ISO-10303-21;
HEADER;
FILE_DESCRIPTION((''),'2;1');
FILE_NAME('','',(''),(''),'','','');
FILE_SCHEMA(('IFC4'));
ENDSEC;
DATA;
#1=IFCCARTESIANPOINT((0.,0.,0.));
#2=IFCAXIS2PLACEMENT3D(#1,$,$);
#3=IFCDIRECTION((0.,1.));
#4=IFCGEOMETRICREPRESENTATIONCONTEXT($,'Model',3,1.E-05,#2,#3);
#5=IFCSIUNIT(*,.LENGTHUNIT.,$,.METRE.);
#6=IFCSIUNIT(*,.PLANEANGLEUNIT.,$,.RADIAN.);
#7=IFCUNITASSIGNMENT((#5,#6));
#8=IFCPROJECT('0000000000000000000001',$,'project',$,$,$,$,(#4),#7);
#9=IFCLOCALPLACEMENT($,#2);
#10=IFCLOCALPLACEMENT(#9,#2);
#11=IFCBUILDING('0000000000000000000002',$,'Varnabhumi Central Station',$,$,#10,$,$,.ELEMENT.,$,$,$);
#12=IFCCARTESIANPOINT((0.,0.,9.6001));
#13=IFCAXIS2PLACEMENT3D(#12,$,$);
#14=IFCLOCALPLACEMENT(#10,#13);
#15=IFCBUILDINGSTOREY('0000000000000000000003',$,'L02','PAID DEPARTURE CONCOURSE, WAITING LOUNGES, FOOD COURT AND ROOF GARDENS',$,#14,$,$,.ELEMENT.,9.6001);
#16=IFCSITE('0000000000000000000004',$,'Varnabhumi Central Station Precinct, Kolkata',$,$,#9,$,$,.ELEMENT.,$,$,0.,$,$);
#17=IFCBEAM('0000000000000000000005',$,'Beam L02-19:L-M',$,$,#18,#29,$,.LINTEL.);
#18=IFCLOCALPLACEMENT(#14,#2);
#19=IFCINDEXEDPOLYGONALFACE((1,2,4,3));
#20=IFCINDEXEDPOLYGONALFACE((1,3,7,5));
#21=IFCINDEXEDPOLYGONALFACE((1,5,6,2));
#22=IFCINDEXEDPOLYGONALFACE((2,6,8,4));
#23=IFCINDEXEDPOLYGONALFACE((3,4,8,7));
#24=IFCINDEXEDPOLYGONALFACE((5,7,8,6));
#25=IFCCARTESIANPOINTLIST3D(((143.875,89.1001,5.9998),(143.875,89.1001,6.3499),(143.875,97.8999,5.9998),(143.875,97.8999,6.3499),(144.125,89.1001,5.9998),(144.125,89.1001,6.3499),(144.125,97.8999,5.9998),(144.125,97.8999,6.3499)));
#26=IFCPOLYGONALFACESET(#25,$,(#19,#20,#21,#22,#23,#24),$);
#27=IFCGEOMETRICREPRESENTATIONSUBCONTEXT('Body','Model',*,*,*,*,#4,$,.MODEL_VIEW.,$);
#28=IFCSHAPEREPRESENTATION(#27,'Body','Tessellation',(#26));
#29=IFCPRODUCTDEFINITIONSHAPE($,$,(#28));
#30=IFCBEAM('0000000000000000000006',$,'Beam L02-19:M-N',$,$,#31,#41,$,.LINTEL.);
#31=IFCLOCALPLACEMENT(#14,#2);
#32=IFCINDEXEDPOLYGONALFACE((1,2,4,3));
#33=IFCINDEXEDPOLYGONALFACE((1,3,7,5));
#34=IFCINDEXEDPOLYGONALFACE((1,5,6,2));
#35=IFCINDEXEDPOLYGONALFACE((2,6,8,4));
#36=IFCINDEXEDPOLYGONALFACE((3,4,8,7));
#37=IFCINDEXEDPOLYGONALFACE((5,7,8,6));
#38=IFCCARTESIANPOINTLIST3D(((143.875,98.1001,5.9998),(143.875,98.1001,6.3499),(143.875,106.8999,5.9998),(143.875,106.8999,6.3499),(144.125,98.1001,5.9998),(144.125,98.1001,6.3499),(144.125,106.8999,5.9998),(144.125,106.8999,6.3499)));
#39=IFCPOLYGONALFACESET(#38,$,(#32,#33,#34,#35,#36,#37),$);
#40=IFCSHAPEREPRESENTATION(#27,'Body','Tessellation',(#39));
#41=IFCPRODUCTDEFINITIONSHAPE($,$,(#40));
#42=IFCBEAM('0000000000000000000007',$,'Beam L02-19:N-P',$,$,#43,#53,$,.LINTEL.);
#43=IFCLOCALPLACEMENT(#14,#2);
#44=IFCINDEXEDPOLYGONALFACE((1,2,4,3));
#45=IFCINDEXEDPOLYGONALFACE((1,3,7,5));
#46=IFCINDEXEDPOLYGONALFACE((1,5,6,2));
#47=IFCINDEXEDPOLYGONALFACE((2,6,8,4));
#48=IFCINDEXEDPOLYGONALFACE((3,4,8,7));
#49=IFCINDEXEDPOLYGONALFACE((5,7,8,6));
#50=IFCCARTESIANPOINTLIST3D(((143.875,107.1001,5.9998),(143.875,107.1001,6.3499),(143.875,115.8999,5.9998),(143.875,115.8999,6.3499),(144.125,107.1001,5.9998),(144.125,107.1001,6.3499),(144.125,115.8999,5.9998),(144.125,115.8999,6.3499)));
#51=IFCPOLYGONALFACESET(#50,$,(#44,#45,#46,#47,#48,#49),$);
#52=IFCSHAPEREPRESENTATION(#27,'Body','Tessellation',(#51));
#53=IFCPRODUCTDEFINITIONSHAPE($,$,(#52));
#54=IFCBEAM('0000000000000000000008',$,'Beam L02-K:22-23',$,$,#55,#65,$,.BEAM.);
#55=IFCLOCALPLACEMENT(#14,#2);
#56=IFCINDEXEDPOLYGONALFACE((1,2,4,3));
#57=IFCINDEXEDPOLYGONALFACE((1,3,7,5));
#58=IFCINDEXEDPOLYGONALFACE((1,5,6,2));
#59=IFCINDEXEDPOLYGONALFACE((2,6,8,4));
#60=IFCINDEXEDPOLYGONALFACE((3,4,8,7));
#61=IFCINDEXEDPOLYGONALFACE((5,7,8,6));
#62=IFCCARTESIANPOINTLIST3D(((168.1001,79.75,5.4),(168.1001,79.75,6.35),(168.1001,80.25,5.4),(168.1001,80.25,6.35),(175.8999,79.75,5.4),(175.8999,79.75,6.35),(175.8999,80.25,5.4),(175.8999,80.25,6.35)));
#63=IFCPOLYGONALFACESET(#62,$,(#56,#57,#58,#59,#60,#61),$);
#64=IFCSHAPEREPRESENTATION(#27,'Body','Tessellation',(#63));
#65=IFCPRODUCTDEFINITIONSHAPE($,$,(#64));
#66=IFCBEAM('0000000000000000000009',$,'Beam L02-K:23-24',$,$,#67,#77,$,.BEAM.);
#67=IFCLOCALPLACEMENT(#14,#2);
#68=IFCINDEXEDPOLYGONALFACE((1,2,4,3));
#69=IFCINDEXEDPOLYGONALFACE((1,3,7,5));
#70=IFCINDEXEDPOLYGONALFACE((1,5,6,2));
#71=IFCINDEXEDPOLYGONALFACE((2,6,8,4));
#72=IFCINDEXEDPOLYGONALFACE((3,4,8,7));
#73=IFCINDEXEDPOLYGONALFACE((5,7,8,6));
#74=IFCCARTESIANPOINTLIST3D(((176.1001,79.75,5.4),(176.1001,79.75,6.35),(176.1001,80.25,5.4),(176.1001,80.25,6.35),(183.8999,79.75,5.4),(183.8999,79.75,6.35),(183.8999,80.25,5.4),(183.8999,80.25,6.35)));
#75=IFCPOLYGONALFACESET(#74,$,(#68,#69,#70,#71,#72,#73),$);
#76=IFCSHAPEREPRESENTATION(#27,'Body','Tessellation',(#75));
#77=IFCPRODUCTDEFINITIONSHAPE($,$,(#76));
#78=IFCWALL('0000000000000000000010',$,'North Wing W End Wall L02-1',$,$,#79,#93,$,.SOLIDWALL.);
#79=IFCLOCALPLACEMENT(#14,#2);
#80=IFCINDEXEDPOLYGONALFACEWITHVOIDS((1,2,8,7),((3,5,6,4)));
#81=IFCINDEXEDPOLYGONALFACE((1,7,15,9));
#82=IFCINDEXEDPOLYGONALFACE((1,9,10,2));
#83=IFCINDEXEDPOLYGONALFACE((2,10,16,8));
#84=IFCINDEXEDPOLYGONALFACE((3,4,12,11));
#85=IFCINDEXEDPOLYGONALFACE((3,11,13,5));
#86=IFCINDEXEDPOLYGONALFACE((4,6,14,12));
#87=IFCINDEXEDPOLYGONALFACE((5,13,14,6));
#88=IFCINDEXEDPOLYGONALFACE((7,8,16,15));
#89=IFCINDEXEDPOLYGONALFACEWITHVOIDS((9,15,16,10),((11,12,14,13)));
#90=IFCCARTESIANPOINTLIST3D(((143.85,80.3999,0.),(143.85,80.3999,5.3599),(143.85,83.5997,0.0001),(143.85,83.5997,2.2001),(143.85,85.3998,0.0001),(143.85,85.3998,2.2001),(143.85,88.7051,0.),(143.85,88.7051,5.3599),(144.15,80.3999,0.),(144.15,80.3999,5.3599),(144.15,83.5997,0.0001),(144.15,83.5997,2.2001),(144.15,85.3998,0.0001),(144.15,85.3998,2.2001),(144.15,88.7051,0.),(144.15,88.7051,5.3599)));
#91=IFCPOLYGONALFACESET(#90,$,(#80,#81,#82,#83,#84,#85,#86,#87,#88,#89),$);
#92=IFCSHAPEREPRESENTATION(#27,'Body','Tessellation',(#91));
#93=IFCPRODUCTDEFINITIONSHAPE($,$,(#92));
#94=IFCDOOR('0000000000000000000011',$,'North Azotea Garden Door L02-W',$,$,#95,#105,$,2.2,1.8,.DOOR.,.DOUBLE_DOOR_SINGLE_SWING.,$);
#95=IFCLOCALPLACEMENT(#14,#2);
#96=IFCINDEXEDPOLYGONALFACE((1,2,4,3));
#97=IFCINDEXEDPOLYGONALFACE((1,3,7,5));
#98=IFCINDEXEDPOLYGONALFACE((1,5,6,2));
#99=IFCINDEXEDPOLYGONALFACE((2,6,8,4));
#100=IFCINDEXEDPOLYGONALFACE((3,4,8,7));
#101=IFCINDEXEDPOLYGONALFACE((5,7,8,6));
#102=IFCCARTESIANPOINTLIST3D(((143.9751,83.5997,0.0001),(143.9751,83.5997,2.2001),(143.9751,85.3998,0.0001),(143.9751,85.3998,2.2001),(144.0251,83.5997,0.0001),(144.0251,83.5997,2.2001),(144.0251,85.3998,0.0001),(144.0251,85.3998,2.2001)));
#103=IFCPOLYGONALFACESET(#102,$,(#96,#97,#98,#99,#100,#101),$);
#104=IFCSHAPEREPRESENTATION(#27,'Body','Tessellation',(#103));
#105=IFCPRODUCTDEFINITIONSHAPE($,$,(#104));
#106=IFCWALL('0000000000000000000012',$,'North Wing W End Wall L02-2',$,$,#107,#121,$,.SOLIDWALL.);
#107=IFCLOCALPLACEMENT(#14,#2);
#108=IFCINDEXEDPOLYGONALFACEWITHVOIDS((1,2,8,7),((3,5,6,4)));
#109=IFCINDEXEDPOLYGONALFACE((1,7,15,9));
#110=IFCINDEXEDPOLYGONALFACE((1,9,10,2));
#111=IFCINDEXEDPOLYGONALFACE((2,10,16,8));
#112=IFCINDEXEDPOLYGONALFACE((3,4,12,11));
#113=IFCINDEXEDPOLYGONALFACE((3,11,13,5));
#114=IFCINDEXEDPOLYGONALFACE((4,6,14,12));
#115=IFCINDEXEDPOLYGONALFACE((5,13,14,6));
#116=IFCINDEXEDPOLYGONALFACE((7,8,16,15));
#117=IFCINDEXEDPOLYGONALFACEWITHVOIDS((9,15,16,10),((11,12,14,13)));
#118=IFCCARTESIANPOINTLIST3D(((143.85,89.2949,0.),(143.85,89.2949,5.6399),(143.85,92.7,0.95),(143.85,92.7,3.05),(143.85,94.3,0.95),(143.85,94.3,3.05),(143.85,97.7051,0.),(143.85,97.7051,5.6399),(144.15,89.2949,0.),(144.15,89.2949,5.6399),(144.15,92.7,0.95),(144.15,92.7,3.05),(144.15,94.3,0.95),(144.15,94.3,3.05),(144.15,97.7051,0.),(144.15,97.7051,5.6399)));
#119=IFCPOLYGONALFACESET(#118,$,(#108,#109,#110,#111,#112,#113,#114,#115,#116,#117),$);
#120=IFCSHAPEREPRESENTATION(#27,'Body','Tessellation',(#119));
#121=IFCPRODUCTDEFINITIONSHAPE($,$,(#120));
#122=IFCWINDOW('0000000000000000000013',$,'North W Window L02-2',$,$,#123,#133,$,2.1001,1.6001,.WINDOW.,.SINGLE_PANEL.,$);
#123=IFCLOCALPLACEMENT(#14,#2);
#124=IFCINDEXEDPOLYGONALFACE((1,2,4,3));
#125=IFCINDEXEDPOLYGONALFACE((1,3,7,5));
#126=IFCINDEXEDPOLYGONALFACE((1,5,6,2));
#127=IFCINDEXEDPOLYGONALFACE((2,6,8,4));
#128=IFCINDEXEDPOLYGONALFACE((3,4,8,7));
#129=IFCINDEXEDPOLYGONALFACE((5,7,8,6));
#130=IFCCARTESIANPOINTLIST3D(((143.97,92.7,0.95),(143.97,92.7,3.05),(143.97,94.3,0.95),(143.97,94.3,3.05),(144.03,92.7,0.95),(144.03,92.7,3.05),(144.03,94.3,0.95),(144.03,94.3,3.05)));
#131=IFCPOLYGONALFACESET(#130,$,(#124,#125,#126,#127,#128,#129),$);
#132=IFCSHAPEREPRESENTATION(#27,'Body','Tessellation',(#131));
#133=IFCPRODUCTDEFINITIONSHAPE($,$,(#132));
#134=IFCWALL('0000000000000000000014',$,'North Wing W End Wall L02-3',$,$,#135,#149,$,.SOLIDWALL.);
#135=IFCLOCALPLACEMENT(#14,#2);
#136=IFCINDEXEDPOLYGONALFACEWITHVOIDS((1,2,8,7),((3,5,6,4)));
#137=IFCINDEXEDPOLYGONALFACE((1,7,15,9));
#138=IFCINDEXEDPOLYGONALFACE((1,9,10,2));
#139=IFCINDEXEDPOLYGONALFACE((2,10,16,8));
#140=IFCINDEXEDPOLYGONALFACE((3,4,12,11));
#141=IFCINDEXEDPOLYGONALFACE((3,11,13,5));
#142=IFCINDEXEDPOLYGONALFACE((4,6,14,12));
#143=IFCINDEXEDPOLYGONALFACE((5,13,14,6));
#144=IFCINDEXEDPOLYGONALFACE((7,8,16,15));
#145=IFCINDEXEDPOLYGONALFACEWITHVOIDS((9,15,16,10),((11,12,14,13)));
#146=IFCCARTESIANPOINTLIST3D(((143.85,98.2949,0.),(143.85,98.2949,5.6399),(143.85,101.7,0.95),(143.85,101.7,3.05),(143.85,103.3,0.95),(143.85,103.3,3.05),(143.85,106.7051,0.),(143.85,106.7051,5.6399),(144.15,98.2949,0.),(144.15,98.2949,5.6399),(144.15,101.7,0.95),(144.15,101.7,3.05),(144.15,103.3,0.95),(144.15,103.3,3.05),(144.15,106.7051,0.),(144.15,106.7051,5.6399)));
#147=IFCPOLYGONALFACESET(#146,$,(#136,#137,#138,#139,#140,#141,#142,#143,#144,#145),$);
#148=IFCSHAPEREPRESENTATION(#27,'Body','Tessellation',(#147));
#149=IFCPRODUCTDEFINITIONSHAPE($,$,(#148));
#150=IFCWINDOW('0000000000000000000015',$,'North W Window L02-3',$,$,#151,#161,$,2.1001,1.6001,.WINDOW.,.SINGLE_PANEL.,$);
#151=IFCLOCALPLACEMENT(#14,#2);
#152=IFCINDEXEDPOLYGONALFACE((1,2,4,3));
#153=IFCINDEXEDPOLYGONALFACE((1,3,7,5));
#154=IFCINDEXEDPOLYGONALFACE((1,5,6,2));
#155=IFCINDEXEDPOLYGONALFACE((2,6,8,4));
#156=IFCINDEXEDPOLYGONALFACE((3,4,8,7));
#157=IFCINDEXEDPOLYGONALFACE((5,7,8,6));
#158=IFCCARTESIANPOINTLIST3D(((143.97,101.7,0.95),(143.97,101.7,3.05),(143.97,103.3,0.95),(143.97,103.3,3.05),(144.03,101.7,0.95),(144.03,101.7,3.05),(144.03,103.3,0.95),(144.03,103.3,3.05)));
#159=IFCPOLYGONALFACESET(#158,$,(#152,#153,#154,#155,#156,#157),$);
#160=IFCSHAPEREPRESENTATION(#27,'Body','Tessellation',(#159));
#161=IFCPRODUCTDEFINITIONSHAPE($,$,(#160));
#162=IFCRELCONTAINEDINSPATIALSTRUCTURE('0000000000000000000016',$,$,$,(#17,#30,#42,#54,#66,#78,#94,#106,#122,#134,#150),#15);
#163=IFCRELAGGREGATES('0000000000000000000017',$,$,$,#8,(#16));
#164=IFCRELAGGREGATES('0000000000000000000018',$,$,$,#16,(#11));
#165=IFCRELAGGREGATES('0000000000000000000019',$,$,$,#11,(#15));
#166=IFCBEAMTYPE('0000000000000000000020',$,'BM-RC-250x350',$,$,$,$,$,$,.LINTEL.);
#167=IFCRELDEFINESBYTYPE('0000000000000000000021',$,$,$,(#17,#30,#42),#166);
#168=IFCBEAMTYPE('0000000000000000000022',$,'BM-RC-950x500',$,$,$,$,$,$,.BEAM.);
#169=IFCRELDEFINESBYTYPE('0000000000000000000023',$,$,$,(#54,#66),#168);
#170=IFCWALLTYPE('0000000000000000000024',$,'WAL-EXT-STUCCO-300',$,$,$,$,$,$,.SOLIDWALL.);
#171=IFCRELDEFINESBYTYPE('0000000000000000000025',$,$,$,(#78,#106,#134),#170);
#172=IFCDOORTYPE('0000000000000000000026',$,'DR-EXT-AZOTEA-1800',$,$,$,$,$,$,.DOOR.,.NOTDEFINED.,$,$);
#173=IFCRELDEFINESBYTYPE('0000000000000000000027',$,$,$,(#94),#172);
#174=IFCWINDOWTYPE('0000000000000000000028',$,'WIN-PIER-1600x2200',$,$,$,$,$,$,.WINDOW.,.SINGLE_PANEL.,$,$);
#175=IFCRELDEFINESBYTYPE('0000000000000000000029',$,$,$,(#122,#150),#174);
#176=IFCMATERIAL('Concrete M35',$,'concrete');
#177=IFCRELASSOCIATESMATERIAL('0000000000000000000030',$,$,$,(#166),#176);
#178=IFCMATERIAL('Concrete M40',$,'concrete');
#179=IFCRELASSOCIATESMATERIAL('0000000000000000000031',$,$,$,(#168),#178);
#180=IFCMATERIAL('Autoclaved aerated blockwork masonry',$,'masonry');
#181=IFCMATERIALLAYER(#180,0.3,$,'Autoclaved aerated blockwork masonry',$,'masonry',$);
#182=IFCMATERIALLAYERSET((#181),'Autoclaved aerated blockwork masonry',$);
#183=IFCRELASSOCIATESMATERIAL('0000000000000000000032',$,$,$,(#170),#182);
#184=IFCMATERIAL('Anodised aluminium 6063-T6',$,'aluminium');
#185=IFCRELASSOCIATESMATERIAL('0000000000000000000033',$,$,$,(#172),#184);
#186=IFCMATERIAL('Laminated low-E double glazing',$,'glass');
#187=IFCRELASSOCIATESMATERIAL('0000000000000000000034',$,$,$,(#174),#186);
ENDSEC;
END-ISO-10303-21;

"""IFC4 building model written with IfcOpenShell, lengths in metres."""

from ifc_helpers import new_model, si_unit, direction, frame, frame_2d, origin, origin_2d, place, context, subcontext, project, spatial, rectangle, extrude, material, layer, layer_set, material_profile, profile_set, type_object, element, fill, save


model = new_model("IFC4")

# Units and contexts
model_context = context("Model", 3, precision=1e-05, world=origin(), true_north=direction((0.0, 1.0)))
body_context = subcontext(model_context, "Body", "Model", "MODEL_VIEW")
ifc_project = project(units=[si_unit("LENGTHUNIT", "METRE"), si_unit("PLANEANGLEUNIT", "RADIAN")], contexts=[model_context])

# Site, building, storey
site_placement = place(None, origin())
site = spatial("IfcSite", under=ifc_project, at=site_placement, Name="Varnabhumi Central Station Precinct, Kolkata", CompositionType="ELEMENT", RefElevation=0.0)
building_placement = place(site_placement, origin())
building = spatial("IfcBuilding", under=site, at=building_placement, Name="Varnabhumi Central Station", CompositionType="ELEMENT")
storey_placement = place(building_placement, frame((0.0, 0.0, 9.6001)))
storey = spatial("IfcBuildingStorey", under=building, at=storey_placement, Name="L02", Description="PAID DEPARTURE CONCOURSE, WAITING LOUNGES, FOOD COURT AND ROOF GARDENS", CompositionType="ELEMENT", Elevation=9.6001)

# Shared definitions
ifc_material_1 = material(Name="Concrete M40", Category="concrete")

# Beams
ifc_material_2 = material(Name="Concrete M35", Category="concrete")
ifc_material_profile_1 = material_profile(ifc_material_2, rectangle(XDim=0.25, YDim=0.3501, at=origin_2d()), Name="Concrete M35", Category="concrete")
ifc_profile_set_1 = profile_set([ifc_material_profile_1], Name="Concrete M35")
beam_type_1 = type_object("IfcBeamType", Name="BM-RC-250x350", PredefinedType="LINTEL", material=ifc_profile_set_1)
for number, where, z_axis, x_axis, name in (
    (1, (144.0, 89.1001, 6.1748), (0.0, 1.0, 0.0), (-1.0, 0.0, 0.0), "Beam L02-19:L-M"),
    (2, (144.0, 98.1001, 6.1748), (0.0, 1.0, 0.0), (-1.0, 0.0, 0.0), "Beam L02-19:M-N"),
    (3, (144.0, 107.1001, 6.1748), (0.0, 1.0, 0.0), (-1.0, 0.0, 0.0), "Beam L02-19:N-P"),
):
    element("IfcBeam", number, at=place(storey_placement, frame(where, z_axis=z_axis, x_axis=x_axis)), inside=storey, type_object=beam_type_1, Name=name, PredefinedType="LINTEL", context=body_context, shape_type="SweptSolid", body=[
        extrude(rectangle(XDim=0.25, YDim=0.3501, at=origin_2d()), origin(), (0.0, 0.0, 1.0), 8.7998),
    ])
ifc_material_profile_2 = material_profile(ifc_material_1, rectangle(XDim=0.5, YDim=0.95, at=origin_2d()), Name="Concrete M40", Category="concrete")
ifc_profile_set_2 = profile_set([ifc_material_profile_2], Name="Concrete M40")
beam_type_2 = type_object("IfcBeamType", Name="BM-RC-950x500", PredefinedType="BEAM", material=ifc_profile_set_2)
for number, where, z_axis, x_axis, name in (
    (4, (168.1001, 80.0, 5.875), (1.0, 0.0, 0.0), (0.0, 1.0, 0.0), "Beam L02-K:22-23"),
    (5, (176.1001, 80.0, 5.875), (1.0, 0.0, 0.0), (0.0, 1.0, 0.0), "Beam L02-K:23-24"),
):
    element("IfcBeam", number, at=place(storey_placement, frame(where, z_axis=z_axis, x_axis=x_axis)), inside=storey, type_object=beam_type_2, Name=name, PredefinedType="BEAM", context=body_context, shape_type="SweptSolid", body=[
        extrude(rectangle(XDim=0.5, YDim=0.95, at=origin_2d()), origin(), (0.0, 0.0, 1.0), 7.7998),
    ])

# Wall, opening, door
ifc_material_3 = material(Name="Autoclaved aerated blockwork masonry", Category="masonry")
ifc_layer_1 = layer(ifc_material_3, 0.3, Name="Autoclaved aerated blockwork masonry", Category="masonry")
ifc_layer_set_1 = layer_set([ifc_layer_1], Name="Autoclaved aerated blockwork masonry")
wall_type = type_object("IfcWallType", Name="WAL-EXT-STUCCO-300", PredefinedType="SOLIDWALL", material=ifc_layer_set_1)
wall_1_placement = place(storey_placement, frame((144.0, 80.3999, 0.0), z_axis=(0.0, 0.0, 1.0), x_axis=(0.0, 1.0, 0.0)))
wall_1 = element("IfcWall", 6, at=wall_1_placement, inside=storey, type_object=wall_type, Name="North Wing W End Wall L02-1", PredefinedType="SOLIDWALL", context=body_context, shape_type="SweptSolid", body=[
    extrude(rectangle(XDim=8.3052, YDim=0.3, at=frame_2d((4.1526, 0.0))), origin(), (0.0, 0.0, 1.0), 5.3599),
])
opening_1_placement = place(wall_1_placement, frame((3.2, 0.0, 0.0)))
opening_1 = element("IfcOpeningElement", 7, at=opening_1_placement, cuts=wall_1, PredefinedType="OPENING", context=body_context, shape_type="SweptSolid", body=[
    extrude(rectangle(XDim=1.8, YDim=2.2, at=frame_2d((0.8999, 1.1001))), frame((0.0, 0.1599, 0.0), z_axis=(0.0, -1.0, 0.0), x_axis=(1.0, 0.0, 0.0)), (0.0, 0.0, 1.0), 0.3201),
])
ifc_material_4 = material(Name="Anodised aluminium 6063-T6", Category="aluminium")
door_type = type_object("IfcDoorType", Name="DR-EXT-AZOTEA-1800", OperationType="NOTDEFINED", PredefinedType="DOOR", material=ifc_material_4)
door_placement = place(opening_1_placement, origin())
door = element("IfcDoor", 8, at=door_placement, inside=storey, type_object=door_type, Name="North Azotea Garden Door L02-W", OperationType="DOUBLE_DOOR_SINGLE_SWING", OverallHeight=2.2, OverallWidth=1.8, PredefinedType="DOOR", context=body_context, shape_type="SweptSolid", body=[
    extrude(rectangle(XDim=1.8, YDim=2.2, at=frame_2d((0.8999, 1.1001))), frame((0.0, 0.0249, 0.0), z_axis=(0.0, -1.0, 0.0), x_axis=(1.0, 0.0, 0.0)), (0.0, 0.0, 1.0), 0.05),
])
fill(opening_1, door)

# Walls, openings, windows
wall_2_placement = place(storey_placement, frame((144.0, 89.2949, 0.0), z_axis=(0.0, 0.0, 1.0), x_axis=(0.0, 1.0, 0.0)))
wall_2 = element("IfcWall", 9, at=wall_2_placement, inside=storey, type_object=wall_type, Name="North Wing W End Wall L02-2", PredefinedType="SOLIDWALL", context=body_context, shape_type="SweptSolid", body=[
    extrude(rectangle(XDim=8.4102, YDim=0.3, at=frame_2d((4.2051, 0.0))), origin(), (0.0, 0.0, 1.0), 5.6399),
])
opening_2_placement = place(wall_2_placement, frame((3.405, 0.0, 0.95)))
opening_2 = element("IfcOpeningElement", 10, at=opening_2_placement, cuts=wall_2, PredefinedType="OPENING", context=body_context, shape_type="SweptSolid", body=[
    extrude(rectangle(XDim=1.6001, YDim=2.1001, at=frame_2d((0.8, 1.05))), frame((0.0, 0.1599, 0.0), z_axis=(0.0, -1.0, 0.0), x_axis=(1.0, 0.0, 0.0)), (0.0, 0.0, 1.0), 0.3201),
])
ifc_material_5 = material(Name="Laminated low-E double glazing", Category="glass")
window_type = type_object("IfcWindowType", Name="WIN-PIER-1600x2200", PartitioningType="SINGLE_PANEL", PredefinedType="WINDOW", material=ifc_material_5)
window_1_placement = place(opening_2_placement, origin())
window_1 = element("IfcWindow", 11, at=window_1_placement, inside=storey, type_object=window_type, Name="North W Window L02-2", OverallHeight=2.1001, OverallWidth=1.6001, PartitioningType="SINGLE_PANEL", PredefinedType="WINDOW", context=body_context, shape_type="SweptSolid", body=[
    extrude(rectangle(XDim=1.6001, YDim=2.1001, at=frame_2d((0.8, 1.05))), frame((0.0, 0.03, 0.0), z_axis=(0.0, -1.0, 0.0), x_axis=(1.0, 0.0, 0.0)), (0.0, 0.0, 1.0), 0.0601),
])
fill(opening_2, window_1)
wall_3_placement = place(storey_placement, frame((144.0, 98.2949, 0.0), z_axis=(0.0, 0.0, 1.0), x_axis=(0.0, 1.0, 0.0)))
wall_3 = element("IfcWall", 12, at=wall_3_placement, inside=storey, type_object=wall_type, Name="North Wing W End Wall L02-3", PredefinedType="SOLIDWALL", context=body_context, shape_type="SweptSolid", body=[
    extrude(rectangle(XDim=8.4102, YDim=0.3, at=frame_2d((4.2051, 0.0))), origin(), (0.0, 0.0, 1.0), 5.6399),
])
opening_3_placement = place(wall_3_placement, frame((3.405, 0.0, 0.95)))
opening_3 = element("IfcOpeningElement", 13, at=opening_3_placement, cuts=wall_3, PredefinedType="OPENING", context=body_context, shape_type="SweptSolid", body=[
    extrude(rectangle(XDim=1.6001, YDim=2.1001, at=frame_2d((0.8, 1.05))), frame((0.0, 0.1599, 0.0), z_axis=(0.0, -1.0, 0.0), x_axis=(1.0, 0.0, 0.0)), (0.0, 0.0, 1.0), 0.3201),
])
window_2_placement = place(opening_3_placement, origin())
window_2 = element("IfcWindow", 14, at=window_2_placement, inside=storey, type_object=window_type, Name="North W Window L02-3", OverallHeight=2.1001, OverallWidth=1.6001, PartitioningType="SINGLE_PANEL", PredefinedType="WINDOW", context=body_context, shape_type="SweptSolid", body=[
    extrude(rectangle(XDim=1.6001, YDim=2.1001, at=frame_2d((0.8, 1.05))), frame((0.0, 0.03, 0.0), z_axis=(0.0, -1.0, 0.0), x_axis=(1.0, 0.0, 0.0)), (0.0, 0.0, 1.0), 0.0601),
])
fill(opening_3, window_2)

save(model, "model.ifc")
